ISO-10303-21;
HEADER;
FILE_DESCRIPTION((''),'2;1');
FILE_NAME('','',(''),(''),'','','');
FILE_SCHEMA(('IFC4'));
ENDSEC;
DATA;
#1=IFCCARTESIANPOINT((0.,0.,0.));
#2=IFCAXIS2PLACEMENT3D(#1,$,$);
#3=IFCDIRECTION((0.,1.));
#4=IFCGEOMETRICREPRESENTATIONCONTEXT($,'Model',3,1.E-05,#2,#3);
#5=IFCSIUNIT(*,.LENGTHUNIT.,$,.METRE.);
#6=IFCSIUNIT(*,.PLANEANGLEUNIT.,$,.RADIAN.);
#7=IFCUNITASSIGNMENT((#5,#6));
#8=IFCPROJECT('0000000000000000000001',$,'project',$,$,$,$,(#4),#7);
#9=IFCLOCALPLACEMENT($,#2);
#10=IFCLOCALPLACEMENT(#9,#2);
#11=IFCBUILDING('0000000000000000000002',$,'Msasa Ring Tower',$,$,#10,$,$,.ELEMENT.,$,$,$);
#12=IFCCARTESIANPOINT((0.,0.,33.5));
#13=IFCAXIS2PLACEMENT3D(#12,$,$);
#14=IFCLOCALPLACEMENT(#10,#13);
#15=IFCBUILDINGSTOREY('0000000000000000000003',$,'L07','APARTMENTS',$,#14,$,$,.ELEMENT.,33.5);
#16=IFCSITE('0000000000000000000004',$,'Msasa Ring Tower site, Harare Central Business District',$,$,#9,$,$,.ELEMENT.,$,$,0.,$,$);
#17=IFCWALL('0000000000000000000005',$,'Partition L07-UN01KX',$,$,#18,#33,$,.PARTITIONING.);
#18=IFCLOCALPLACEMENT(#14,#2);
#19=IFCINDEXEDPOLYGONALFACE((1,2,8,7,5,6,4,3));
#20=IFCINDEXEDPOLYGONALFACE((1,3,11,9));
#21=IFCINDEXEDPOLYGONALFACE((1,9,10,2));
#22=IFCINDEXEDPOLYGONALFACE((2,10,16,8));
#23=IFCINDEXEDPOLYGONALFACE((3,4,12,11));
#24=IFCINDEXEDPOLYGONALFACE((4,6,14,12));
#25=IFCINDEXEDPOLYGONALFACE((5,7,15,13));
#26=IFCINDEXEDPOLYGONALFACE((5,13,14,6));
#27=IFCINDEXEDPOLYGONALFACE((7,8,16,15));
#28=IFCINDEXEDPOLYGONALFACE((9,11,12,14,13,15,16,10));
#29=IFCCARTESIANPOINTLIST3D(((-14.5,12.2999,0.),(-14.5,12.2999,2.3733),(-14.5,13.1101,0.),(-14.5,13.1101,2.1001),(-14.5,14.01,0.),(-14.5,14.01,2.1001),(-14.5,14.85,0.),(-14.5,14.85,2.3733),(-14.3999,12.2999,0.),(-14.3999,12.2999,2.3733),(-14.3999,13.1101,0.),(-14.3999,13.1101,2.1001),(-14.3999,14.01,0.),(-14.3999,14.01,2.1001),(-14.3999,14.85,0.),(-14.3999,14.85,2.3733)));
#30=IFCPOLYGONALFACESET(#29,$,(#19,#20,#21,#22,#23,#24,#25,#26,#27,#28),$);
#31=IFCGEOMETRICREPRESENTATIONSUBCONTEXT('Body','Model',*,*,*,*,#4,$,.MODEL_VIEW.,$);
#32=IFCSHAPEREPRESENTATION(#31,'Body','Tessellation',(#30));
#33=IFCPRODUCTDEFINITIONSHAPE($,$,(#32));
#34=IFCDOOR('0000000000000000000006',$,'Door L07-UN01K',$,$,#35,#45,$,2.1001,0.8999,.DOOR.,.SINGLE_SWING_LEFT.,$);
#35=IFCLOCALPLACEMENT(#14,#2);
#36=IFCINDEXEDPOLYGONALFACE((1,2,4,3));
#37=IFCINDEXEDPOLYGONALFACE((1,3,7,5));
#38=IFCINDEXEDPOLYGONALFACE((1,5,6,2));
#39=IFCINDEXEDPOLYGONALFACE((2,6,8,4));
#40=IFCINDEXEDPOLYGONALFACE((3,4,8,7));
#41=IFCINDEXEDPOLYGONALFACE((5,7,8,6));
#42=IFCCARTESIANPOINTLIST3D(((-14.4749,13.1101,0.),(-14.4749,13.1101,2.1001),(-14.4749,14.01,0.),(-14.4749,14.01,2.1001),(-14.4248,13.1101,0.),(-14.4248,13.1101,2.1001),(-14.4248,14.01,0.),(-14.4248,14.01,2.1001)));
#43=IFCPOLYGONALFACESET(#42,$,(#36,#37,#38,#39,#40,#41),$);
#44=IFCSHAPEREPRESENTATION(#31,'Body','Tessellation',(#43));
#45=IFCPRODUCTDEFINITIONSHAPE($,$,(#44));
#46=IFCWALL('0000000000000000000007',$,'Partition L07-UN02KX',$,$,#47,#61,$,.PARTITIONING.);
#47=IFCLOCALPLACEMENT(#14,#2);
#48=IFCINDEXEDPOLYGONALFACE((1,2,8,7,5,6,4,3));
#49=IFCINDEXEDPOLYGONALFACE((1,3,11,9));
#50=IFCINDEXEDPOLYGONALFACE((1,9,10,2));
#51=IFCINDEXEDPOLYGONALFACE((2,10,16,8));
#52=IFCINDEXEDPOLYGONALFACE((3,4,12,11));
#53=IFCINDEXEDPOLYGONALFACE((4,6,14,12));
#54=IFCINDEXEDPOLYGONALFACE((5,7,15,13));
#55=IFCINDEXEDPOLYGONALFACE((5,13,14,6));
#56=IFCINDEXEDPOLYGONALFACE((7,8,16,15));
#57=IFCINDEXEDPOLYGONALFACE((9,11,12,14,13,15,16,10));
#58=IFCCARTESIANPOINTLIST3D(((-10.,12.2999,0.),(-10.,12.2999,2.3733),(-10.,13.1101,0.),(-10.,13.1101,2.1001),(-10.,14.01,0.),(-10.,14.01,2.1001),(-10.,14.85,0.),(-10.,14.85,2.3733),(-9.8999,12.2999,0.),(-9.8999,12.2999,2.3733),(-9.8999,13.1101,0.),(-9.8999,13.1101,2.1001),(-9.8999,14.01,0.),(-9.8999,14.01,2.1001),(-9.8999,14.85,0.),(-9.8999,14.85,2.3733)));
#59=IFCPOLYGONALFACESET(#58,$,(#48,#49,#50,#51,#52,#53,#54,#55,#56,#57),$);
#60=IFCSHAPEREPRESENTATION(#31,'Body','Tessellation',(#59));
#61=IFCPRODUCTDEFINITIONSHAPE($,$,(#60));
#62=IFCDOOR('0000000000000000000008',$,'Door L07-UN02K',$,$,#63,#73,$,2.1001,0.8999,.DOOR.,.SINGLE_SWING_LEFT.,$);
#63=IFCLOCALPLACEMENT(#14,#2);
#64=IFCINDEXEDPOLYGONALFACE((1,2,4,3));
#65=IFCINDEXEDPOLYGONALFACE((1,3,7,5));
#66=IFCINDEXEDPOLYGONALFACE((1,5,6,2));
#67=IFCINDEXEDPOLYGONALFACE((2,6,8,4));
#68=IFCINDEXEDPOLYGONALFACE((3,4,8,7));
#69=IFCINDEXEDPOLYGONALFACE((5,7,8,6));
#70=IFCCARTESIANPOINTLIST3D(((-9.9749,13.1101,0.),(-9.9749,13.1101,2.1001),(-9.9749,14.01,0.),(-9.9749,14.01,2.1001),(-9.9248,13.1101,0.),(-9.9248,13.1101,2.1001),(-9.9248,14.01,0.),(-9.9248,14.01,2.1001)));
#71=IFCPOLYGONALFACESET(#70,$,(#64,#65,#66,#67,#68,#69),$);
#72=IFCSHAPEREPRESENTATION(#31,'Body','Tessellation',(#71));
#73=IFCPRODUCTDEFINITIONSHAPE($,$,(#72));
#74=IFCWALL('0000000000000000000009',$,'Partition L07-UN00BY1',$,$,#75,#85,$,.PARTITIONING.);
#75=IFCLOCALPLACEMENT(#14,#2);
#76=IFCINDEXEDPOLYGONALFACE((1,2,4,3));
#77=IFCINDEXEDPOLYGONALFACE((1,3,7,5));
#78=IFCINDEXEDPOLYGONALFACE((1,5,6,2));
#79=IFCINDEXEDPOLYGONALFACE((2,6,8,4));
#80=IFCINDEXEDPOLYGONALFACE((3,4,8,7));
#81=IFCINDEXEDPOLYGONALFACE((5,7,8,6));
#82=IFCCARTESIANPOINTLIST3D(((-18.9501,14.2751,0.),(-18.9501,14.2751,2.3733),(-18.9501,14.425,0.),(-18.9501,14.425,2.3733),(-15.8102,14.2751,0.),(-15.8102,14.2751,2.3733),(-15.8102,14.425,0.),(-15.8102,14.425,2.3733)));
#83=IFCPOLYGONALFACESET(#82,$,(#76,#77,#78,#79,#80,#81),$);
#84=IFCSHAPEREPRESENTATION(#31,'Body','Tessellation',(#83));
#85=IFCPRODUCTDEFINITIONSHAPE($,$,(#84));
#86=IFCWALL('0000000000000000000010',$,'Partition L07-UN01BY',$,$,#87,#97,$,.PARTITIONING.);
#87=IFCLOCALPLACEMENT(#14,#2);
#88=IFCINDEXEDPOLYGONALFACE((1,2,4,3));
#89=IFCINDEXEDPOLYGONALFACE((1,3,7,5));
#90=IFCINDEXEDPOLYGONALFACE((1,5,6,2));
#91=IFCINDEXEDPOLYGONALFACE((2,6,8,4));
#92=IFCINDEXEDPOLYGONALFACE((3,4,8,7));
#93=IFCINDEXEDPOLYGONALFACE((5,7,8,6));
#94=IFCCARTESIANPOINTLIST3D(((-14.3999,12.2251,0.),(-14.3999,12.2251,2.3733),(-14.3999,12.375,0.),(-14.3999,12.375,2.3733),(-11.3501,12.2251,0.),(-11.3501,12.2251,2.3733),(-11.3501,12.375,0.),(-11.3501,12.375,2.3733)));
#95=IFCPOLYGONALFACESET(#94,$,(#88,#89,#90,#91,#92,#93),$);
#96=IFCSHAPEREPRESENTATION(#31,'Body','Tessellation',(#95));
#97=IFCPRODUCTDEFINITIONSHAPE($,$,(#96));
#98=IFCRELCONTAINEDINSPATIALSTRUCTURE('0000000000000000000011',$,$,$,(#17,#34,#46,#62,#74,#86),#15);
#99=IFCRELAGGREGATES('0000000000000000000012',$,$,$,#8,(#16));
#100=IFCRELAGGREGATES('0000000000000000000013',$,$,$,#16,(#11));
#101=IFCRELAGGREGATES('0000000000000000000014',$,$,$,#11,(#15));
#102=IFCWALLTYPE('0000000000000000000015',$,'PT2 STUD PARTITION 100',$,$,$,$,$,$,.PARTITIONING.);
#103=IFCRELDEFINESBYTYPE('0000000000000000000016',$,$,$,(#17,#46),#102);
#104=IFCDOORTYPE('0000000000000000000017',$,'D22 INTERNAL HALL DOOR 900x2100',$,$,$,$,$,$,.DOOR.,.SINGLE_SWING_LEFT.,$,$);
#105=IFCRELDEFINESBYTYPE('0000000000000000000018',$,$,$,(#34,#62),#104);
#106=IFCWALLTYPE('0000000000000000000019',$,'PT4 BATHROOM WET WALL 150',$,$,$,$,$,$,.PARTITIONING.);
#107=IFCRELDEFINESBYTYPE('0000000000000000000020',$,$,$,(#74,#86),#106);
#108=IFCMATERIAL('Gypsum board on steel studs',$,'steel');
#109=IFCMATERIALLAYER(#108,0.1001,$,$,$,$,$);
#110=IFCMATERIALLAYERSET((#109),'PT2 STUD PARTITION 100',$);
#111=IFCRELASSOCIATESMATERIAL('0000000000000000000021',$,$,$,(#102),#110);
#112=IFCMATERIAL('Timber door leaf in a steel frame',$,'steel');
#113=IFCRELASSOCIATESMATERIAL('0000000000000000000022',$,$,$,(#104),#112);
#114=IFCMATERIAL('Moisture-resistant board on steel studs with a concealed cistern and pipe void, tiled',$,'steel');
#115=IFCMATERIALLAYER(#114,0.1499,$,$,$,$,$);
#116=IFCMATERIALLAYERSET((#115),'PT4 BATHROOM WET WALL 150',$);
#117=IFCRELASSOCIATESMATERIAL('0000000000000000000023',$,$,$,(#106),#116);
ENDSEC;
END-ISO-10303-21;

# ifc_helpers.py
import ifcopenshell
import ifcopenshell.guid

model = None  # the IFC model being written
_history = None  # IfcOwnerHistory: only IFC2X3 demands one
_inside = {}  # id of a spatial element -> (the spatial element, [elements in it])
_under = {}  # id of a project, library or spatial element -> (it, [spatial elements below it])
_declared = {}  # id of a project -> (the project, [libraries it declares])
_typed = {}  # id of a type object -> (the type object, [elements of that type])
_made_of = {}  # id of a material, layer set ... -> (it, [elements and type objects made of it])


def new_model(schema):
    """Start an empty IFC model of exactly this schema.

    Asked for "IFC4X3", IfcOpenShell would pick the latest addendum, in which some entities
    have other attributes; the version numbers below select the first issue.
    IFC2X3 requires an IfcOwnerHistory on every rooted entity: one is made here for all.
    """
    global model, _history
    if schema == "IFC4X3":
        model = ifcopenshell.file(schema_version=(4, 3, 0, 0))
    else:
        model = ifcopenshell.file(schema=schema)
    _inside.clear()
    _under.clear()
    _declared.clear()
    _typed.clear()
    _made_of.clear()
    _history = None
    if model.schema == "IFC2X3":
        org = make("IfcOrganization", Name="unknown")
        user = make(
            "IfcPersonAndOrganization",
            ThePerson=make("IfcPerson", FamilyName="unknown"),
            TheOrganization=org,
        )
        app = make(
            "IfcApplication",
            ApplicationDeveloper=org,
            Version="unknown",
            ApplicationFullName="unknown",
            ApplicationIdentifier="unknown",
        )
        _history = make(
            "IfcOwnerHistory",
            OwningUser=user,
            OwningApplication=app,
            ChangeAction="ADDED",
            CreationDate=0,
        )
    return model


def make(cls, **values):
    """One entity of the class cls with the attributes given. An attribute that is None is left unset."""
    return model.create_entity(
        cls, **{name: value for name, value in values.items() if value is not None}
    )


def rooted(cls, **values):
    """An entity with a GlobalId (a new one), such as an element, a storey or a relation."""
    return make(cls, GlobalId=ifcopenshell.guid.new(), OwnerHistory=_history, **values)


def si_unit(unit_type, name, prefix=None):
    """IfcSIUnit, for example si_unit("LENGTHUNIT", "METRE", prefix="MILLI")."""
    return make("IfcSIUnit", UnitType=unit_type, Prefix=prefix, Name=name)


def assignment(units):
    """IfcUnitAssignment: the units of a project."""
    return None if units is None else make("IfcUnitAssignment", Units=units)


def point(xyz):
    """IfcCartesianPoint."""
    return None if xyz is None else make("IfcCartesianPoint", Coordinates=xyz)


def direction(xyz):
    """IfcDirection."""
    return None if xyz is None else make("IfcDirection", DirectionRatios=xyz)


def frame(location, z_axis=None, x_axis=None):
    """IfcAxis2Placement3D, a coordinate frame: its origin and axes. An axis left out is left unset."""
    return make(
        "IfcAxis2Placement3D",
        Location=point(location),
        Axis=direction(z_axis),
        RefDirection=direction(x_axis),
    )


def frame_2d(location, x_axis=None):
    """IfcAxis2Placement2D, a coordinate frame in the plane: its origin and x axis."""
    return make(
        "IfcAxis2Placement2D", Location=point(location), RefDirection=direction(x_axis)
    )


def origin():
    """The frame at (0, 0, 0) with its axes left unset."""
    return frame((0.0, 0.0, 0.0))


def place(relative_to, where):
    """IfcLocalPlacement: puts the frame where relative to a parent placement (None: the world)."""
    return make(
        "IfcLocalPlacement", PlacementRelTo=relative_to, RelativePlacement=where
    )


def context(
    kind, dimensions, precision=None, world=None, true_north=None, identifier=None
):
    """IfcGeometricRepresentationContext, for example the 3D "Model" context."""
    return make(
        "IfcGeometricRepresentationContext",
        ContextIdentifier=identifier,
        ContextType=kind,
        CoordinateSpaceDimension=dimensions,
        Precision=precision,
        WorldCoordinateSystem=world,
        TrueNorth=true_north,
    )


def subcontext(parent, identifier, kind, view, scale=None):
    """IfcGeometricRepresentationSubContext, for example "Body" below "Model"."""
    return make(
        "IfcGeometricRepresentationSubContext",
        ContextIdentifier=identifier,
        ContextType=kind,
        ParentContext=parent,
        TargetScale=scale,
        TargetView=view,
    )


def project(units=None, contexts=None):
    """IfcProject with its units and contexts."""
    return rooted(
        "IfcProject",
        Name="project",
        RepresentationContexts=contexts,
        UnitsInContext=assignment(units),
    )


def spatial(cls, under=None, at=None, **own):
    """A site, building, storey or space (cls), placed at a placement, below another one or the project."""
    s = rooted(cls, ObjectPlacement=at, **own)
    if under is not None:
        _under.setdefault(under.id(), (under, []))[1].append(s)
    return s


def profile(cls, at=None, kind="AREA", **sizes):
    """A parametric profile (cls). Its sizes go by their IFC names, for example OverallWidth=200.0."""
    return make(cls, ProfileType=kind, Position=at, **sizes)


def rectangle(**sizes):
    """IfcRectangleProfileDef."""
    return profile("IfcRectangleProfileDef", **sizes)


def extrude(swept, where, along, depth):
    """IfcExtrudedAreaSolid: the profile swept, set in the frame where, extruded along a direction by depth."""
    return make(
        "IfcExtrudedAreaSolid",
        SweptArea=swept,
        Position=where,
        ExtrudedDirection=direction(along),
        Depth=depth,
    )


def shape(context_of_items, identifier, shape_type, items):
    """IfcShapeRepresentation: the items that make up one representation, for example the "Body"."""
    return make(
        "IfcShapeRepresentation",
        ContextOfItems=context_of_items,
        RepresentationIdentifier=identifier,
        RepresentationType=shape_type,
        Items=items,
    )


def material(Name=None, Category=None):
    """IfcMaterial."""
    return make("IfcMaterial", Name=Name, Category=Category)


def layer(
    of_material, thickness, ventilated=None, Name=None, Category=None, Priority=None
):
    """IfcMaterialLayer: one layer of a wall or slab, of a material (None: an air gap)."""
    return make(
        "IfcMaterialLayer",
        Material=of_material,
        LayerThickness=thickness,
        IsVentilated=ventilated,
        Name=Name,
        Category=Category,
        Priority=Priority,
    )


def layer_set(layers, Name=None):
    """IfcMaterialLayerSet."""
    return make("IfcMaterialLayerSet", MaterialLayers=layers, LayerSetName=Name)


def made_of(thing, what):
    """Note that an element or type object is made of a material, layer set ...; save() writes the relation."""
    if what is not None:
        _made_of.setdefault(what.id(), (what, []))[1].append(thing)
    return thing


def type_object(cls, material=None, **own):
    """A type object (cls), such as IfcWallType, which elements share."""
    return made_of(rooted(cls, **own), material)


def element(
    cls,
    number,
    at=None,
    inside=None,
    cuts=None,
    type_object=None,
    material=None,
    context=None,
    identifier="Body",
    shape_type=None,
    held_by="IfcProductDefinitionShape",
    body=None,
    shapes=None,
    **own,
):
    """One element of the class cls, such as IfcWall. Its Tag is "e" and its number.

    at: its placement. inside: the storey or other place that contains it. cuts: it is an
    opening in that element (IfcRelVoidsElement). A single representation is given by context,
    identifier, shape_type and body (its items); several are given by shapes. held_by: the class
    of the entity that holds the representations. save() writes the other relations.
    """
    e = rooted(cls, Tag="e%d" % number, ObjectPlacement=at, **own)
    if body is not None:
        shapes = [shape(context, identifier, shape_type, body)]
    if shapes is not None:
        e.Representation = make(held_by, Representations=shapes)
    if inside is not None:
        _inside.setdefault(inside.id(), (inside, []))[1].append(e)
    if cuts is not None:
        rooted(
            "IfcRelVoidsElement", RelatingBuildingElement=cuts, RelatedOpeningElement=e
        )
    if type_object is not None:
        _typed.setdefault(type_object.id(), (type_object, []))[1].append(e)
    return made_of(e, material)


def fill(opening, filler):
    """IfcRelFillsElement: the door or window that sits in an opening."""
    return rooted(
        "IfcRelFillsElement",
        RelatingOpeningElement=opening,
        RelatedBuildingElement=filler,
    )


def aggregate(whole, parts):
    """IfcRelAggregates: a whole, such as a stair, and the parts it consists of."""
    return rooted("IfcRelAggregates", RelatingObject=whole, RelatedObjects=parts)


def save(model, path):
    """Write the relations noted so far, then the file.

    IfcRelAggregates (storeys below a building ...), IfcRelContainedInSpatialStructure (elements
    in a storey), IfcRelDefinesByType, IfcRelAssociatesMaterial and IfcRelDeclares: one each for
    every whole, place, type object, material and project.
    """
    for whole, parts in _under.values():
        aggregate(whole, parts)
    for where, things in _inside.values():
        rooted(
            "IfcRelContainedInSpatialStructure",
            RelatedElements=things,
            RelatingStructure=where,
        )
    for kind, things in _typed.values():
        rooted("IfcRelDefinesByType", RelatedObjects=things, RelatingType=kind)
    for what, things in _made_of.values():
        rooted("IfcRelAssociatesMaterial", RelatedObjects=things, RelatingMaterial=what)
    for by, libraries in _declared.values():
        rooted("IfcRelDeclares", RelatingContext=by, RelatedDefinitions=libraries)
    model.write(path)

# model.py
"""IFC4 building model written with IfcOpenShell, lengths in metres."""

from ifc_helpers import new_model, si_unit, direction, frame, frame_2d, origin, place, context, subcontext, project, spatial, rectangle, extrude, material, layer, layer_set, type_object, element, fill, save


model = new_model("IFC4")

# Units and contexts
model_context = context("Model", 3, precision=1e-05, world=origin(), true_north=direction((0.0, 1.0)))
body_context = subcontext(model_context, "Body", "Model", "MODEL_VIEW")
ifc_project = project(units=[si_unit("LENGTHUNIT", "METRE"), si_unit("PLANEANGLEUNIT", "RADIAN")], contexts=[model_context])

# Site, building, storey
site_placement = place(None, origin())
site = spatial("IfcSite", under=ifc_project, at=site_placement, Name="Msasa Ring Tower site, Harare Central Business District", CompositionType="ELEMENT", RefElevation=0.0)
building_placement = place(site_placement, origin())
building = spatial("IfcBuilding", under=site, at=building_placement, Name="Msasa Ring Tower", CompositionType="ELEMENT")
storey_placement = place(building_placement, frame((0.0, 0.0, 33.5)))
storey = spatial("IfcBuildingStorey", under=building, at=storey_placement, Name="L07", Description="APARTMENTS", CompositionType="ELEMENT", Elevation=33.5)

# Shared definitions
ifc_material_1 = material(Name="Gypsum board on steel studs", Category="steel")
ifc_layer_1 = layer(ifc_material_1, 0.1001)
ifc_layer_set_1 = layer_set([ifc_layer_1], Name="PT2 STUD PARTITION 100")
wall_type_1 = type_object("IfcWallType", Name="PT2 STUD PARTITION 100", PredefinedType="PARTITIONING", material=ifc_layer_set_1)

# Walls, openings, doors
wall_1_placement = place(storey_placement, frame((-14.45, 12.3, 0.0), z_axis=(0.0, 0.0, 1.0), x_axis=(0.0, 1.0, 0.0)))
wall_1 = element("IfcWall", 1, at=wall_1_placement, inside=storey, type_object=wall_type_1, Name="Partition L07-UN01KX", PredefinedType="PARTITIONING", context=body_context, shape_type="SweptSolid", body=[
    extrude(rectangle(XDim=2.55, YDim=0.1001, at=frame_2d((1.2749, 0.0))), origin(), (0.0, 0.0, 1.0), 2.3733),
])
opening_1_placement = place(wall_1_placement, frame((0.8101, 0.0, 0.0)))
opening_1 = element("IfcOpeningElement", 2, at=opening_1_placement, cuts=wall_1, PredefinedType="OPENING", context=body_context, shape_type="SweptSolid", body=[
    extrude(rectangle(XDim=0.8999, YDim=2.1001, at=frame_2d((0.45, 1.05))), frame((0.0, 0.0601, 0.0), z_axis=(0.0, -1.0, 0.0), x_axis=(1.0, 0.0, 0.0)), (0.0, 0.0, 1.0), 0.1201),
])
ifc_material_2 = material(Name="Timber door leaf in a steel frame", Category="steel")
door_type_1 = type_object("IfcDoorType", Name="D22 INTERNAL HALL DOOR 900x2100", OperationType="SINGLE_SWING_LEFT", PredefinedType="DOOR", material=ifc_material_2)
door_1_placement = place(opening_1_placement, origin())
door_1 = element("IfcDoor", 3, at=door_1_placement, inside=storey, type_object=door_type_1, Name="Door L07-UN01K", OperationType="SINGLE_SWING_LEFT", OverallHeight=2.1001, OverallWidth=0.8999, PredefinedType="DOOR", context=body_context, shape_type="SweptSolid", body=[
    extrude(rectangle(XDim=0.8999, YDim=2.1001, at=frame_2d((0.45, 1.05))), frame((0.0, 0.0249, 0.0), z_axis=(0.0, -1.0, 0.0), x_axis=(1.0, 0.0, 0.0)), (0.0, 0.0, 1.0), 0.05),
])
fill(opening_1, door_1)
wall_2_placement = place(storey_placement, frame((-9.95, 12.3, 0.0), z_axis=(0.0, 0.0, 1.0), x_axis=(0.0, 1.0, 0.0)))
wall_2 = element("IfcWall", 4, at=wall_2_placement, inside=storey, type_object=wall_type_1, Name="Partition L07-UN02KX", PredefinedType="PARTITIONING", context=body_context, shape_type="SweptSolid", body=[
    extrude(rectangle(XDim=2.55, YDim=0.1001, at=frame_2d((1.2749, 0.0))), origin(), (0.0, 0.0, 1.0), 2.3733),
])
opening_2_placement = place(wall_2_placement, frame((0.8101, 0.0, 0.0)))
opening_2 = element("IfcOpeningElement", 5, at=opening_2_placement, cuts=wall_2, PredefinedType="OPENING", context=body_context, shape_type="SweptSolid", body=[
    extrude(rectangle(XDim=0.8999, YDim=2.1001, at=frame_2d((0.45, 1.05))), frame((0.0, 0.0601, 0.0), z_axis=(0.0, -1.0, 0.0), x_axis=(1.0, 0.0, 0.0)), (0.0, 0.0, 1.0), 0.1201),
])
door_2_placement = place(opening_2_placement, origin())
door_2 = element("IfcDoor", 6, at=door_2_placement, inside=storey, type_object=door_type_1, Name="Door L07-UN02K", OperationType="SINGLE_SWING_LEFT", OverallHeight=2.1001, OverallWidth=0.8999, PredefinedType="DOOR", context=body_context, shape_type="SweptSolid", body=[
    extrude(rectangle(XDim=0.8999, YDim=2.1001, at=frame_2d((0.45, 1.05))), frame((0.0, 0.0249, 0.0), z_axis=(0.0, -1.0, 0.0), x_axis=(1.0, 0.0, 0.0)), (0.0, 0.0, 1.0), 0.05),
])
fill(opening_2, door_2)

# Walls
ifc_material_3 = material(Name="Moisture-resistant board on steel studs with a concealed cistern and pipe void, tiled", Category="steel")
ifc_layer_2 = layer(ifc_material_3, 0.1499)
ifc_layer_set_2 = layer_set([ifc_layer_2], Name="PT4 BATHROOM WET WALL 150")
wall_type_2 = type_object("IfcWallType", Name="PT4 BATHROOM WET WALL 150", PredefinedType="PARTITIONING", material=ifc_layer_set_2)
wall_3_placement = place(storey_placement, frame((-18.95, 14.3501, 0.0), z_axis=(0.0, 0.0, 1.0), x_axis=(1.0, 0.0, 0.0)))
element("IfcWall", 7, at=wall_3_placement, inside=storey, type_object=wall_type_2, Name="Partition L07-UN00BY1", PredefinedType="PARTITIONING", context=body_context, shape_type="SweptSolid", body=[
    extrude(rectangle(XDim=3.1399, YDim=0.1499, at=frame_2d((1.5698, 0.0))), origin(), (0.0, 0.0, 1.0), 2.3733),
])
wall_4_placement = place(storey_placement, frame((-14.3999, 12.3, 0.0), z_axis=(0.0, 0.0, 1.0), x_axis=(1.0, 0.0, 0.0)))
element("IfcWall", 8, at=wall_4_placement, inside=storey, type_object=wall_type_2, Name="Partition L07-UN01BY", PredefinedType="PARTITIONING", context=body_context, shape_type="SweptSolid", body=[
    extrude(rectangle(XDim=3.0498, YDim=0.1499, at=frame_2d((1.5249, 0.0))), origin(), (0.0, 0.0, 1.0), 2.3733),
])

save(model, "model.ifc")
